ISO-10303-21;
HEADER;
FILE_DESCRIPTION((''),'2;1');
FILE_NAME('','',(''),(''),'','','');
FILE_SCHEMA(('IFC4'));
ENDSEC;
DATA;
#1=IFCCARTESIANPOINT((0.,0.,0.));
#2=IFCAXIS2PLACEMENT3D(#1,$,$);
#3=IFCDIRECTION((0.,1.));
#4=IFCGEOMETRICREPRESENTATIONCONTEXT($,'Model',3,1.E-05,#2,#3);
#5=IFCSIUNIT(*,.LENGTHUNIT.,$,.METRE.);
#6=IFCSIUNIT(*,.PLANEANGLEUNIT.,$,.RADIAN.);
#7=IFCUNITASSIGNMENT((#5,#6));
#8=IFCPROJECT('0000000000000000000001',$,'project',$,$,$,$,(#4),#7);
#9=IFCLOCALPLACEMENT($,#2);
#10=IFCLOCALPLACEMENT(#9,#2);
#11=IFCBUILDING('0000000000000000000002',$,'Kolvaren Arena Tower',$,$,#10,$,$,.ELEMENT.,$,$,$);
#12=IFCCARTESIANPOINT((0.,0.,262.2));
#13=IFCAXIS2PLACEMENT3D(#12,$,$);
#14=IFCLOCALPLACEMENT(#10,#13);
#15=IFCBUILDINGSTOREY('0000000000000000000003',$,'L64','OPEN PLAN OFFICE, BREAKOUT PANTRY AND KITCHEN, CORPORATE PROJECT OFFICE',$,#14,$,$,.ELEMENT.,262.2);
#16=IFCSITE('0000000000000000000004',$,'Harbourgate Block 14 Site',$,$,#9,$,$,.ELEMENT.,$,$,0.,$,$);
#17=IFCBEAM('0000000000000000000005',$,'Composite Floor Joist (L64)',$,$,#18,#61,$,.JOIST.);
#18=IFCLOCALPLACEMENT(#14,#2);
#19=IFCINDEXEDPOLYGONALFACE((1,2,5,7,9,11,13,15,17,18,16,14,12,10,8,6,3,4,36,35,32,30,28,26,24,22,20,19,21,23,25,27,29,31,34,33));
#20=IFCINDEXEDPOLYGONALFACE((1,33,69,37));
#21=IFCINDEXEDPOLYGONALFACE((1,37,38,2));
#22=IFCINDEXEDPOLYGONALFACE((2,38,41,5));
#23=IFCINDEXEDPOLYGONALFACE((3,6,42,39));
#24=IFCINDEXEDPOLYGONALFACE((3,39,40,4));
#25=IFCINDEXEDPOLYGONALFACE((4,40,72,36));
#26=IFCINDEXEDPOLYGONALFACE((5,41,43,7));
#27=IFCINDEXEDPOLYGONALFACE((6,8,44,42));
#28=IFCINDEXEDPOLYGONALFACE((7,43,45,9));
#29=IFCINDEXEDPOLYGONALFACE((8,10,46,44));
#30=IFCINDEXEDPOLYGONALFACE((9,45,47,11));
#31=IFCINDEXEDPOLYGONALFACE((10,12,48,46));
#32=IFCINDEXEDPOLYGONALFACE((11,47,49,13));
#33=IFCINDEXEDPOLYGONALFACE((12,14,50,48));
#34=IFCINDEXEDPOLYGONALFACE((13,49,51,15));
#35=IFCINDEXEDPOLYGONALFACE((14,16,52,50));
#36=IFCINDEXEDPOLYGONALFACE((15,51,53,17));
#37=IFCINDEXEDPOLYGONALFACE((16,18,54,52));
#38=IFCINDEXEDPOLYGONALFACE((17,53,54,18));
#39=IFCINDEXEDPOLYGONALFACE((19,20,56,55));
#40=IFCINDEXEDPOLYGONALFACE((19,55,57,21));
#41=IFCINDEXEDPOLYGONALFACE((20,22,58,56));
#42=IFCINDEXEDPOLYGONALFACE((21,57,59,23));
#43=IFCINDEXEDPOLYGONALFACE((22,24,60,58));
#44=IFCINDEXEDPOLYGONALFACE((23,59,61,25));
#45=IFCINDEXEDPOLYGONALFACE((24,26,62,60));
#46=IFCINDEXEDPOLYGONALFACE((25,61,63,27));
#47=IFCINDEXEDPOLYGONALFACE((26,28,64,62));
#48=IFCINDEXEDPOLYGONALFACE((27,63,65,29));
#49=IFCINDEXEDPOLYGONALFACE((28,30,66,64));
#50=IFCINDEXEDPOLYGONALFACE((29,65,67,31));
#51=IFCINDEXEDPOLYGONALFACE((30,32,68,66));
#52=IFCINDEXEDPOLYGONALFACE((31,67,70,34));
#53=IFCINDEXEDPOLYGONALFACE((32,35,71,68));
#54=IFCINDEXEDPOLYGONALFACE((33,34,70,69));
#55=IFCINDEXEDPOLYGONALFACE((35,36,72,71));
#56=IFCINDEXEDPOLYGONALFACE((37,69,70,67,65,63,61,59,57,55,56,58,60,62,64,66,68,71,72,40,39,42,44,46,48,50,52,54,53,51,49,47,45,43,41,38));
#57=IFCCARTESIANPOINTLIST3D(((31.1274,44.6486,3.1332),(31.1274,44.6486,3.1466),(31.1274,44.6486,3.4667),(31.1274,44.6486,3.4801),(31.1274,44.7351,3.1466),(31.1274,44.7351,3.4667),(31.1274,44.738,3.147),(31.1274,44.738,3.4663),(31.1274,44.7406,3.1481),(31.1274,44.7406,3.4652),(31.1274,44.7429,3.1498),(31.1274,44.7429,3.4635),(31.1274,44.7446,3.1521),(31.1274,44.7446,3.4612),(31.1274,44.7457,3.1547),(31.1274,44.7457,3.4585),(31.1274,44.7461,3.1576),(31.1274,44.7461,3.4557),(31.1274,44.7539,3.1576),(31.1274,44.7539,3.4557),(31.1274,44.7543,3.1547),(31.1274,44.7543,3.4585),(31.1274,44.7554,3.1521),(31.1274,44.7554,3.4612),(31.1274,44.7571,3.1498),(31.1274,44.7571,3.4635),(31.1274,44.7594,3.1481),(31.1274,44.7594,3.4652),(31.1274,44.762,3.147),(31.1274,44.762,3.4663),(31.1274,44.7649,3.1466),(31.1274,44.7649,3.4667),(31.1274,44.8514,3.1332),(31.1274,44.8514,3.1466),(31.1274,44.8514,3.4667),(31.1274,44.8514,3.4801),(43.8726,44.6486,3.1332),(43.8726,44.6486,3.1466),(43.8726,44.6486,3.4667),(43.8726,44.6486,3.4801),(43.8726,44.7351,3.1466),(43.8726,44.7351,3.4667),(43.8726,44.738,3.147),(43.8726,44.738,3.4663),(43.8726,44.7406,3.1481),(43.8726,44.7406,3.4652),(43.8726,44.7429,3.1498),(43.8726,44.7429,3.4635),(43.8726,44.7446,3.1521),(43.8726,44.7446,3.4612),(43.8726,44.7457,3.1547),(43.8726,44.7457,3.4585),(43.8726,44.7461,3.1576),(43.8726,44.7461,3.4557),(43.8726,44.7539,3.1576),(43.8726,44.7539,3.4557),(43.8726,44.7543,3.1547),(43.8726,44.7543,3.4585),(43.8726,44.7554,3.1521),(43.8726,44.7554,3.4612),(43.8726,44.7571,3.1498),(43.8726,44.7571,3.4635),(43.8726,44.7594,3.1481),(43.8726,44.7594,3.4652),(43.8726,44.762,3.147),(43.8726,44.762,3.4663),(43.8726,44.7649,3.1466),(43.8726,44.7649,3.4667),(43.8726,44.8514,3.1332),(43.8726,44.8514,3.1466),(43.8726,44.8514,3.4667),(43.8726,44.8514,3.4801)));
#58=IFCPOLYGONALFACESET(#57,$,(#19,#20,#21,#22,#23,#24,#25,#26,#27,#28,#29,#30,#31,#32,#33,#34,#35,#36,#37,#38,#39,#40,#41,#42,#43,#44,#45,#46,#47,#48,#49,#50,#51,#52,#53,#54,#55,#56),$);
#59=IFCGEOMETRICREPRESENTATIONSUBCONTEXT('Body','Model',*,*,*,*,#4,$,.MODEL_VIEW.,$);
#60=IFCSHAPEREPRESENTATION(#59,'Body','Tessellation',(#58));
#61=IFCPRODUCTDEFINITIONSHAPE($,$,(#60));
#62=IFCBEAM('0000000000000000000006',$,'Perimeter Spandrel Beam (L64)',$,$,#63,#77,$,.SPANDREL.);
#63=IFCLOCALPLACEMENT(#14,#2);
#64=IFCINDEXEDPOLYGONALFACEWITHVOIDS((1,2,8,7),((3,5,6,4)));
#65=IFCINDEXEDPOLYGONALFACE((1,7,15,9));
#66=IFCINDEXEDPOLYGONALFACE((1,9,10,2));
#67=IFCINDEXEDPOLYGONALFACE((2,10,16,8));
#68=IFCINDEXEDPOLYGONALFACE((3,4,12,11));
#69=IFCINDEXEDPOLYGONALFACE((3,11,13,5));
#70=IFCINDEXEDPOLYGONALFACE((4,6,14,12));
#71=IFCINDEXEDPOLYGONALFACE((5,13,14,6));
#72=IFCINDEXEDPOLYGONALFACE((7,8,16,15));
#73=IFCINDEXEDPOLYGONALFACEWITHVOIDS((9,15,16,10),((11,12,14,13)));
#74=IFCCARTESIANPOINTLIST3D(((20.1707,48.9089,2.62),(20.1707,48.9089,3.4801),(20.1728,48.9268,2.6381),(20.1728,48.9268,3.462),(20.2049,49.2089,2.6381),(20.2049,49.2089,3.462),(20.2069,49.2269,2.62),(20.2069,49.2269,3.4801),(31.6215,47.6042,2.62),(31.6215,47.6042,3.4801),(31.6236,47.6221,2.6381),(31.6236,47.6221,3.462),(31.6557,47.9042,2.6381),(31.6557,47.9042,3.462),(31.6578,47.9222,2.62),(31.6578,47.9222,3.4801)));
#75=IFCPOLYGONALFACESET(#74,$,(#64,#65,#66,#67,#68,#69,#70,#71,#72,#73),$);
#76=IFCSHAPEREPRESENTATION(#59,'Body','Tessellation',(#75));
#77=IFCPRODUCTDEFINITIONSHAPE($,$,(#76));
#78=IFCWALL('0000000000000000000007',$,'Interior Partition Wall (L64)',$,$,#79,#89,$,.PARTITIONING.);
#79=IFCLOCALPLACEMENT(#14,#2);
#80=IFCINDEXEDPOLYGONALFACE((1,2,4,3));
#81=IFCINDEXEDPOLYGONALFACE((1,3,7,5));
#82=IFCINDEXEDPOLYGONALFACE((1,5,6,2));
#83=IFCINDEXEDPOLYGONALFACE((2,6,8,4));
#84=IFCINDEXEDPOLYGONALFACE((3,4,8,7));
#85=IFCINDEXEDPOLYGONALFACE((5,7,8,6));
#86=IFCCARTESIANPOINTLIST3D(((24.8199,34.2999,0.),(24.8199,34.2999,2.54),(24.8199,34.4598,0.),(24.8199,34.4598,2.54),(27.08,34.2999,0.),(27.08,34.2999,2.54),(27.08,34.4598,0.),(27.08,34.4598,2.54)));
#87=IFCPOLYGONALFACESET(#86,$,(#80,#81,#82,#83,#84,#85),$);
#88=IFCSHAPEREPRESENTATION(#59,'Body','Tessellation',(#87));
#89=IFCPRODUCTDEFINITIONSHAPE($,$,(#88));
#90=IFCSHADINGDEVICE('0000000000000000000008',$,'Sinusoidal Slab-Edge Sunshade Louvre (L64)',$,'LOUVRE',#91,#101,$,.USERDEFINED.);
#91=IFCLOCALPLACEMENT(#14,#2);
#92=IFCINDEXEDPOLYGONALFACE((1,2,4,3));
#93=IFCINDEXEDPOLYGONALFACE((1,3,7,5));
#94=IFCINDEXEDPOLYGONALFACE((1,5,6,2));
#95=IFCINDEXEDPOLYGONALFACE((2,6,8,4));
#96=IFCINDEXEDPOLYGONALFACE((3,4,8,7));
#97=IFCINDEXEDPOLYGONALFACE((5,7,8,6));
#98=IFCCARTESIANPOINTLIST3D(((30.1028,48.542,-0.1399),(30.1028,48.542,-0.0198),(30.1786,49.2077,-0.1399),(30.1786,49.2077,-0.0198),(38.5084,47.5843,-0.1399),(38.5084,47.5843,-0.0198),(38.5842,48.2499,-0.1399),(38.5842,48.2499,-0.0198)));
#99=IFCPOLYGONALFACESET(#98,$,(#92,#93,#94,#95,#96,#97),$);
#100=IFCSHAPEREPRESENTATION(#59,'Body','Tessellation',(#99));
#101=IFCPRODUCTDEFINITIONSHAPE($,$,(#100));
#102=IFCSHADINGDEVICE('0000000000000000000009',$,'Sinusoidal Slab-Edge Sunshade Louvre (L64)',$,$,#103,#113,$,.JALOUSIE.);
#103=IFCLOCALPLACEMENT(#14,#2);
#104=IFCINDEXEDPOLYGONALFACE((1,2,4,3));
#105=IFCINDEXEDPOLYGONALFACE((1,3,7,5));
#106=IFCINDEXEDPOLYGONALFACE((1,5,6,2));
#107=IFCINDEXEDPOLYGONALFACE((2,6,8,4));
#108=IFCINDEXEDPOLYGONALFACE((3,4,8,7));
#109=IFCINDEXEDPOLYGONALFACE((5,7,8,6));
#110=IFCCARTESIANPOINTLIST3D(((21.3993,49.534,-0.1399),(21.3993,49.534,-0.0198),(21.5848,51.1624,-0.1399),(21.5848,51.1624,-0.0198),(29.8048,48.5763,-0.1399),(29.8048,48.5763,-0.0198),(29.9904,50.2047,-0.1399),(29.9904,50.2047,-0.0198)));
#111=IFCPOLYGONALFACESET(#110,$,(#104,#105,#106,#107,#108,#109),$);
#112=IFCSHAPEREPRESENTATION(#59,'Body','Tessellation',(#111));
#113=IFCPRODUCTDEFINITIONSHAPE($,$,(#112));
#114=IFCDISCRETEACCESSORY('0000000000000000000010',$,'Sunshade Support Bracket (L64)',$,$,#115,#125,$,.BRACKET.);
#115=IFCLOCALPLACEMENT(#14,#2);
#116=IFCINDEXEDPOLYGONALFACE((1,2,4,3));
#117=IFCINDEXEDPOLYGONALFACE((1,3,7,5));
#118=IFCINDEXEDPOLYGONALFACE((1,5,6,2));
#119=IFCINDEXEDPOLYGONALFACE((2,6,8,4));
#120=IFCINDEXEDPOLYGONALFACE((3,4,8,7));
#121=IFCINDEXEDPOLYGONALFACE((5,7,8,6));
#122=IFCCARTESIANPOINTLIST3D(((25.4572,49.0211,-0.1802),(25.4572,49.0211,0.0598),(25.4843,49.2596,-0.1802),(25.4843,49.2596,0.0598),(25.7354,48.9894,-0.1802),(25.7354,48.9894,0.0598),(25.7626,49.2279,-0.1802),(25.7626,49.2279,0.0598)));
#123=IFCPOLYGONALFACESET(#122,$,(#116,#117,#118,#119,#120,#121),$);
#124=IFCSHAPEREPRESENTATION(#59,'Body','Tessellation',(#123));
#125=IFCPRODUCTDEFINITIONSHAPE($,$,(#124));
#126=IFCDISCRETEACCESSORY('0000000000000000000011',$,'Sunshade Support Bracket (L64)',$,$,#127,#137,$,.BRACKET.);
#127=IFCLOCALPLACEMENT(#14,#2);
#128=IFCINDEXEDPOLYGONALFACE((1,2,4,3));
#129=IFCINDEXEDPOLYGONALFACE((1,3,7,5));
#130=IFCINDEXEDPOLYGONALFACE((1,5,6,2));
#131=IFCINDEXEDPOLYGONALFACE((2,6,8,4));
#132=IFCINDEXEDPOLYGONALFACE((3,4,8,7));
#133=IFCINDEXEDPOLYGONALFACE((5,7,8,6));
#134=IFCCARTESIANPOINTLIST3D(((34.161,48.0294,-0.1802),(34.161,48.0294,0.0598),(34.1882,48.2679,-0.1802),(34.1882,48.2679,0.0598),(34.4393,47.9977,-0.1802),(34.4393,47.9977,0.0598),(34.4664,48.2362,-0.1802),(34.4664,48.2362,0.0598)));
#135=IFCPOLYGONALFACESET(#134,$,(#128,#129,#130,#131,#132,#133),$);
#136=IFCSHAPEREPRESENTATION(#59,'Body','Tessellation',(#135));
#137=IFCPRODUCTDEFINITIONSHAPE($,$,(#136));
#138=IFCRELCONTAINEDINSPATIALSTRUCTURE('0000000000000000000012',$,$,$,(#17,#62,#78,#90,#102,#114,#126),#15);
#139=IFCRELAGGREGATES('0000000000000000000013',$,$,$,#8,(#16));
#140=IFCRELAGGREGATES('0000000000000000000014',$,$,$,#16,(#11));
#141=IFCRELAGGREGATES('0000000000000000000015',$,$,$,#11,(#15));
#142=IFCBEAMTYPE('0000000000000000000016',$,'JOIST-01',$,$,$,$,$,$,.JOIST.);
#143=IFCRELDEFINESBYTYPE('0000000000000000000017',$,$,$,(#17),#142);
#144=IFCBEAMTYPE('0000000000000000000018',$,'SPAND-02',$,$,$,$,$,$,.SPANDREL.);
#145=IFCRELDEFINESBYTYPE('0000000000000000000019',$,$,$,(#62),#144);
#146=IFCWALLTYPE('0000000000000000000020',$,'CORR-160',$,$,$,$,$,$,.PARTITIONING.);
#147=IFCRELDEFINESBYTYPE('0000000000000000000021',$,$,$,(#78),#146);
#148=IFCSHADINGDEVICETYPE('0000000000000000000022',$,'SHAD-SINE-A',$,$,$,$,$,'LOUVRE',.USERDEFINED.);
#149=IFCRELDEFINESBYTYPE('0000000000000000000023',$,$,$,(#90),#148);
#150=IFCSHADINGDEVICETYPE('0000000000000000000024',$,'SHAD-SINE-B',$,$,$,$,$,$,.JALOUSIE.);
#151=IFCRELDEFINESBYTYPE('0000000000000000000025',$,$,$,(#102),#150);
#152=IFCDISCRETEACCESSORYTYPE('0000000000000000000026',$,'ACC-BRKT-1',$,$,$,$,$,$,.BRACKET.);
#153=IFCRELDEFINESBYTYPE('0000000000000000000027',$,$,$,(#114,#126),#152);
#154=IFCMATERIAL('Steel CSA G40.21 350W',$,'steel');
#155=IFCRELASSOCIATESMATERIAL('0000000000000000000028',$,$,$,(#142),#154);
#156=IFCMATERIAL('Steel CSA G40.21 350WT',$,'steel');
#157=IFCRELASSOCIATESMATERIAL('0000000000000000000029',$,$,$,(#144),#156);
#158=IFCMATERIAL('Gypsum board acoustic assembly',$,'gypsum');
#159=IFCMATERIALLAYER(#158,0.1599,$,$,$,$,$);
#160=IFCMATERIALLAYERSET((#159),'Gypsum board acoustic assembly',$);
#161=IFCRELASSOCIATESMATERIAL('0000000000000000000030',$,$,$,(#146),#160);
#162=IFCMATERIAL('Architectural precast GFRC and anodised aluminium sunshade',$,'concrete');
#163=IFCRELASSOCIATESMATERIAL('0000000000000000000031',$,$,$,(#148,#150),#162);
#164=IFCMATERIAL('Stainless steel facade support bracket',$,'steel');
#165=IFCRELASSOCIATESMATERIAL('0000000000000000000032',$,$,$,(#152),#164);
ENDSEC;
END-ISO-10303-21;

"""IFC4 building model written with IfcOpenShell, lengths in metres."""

from ifc_helpers import new_model, si_unit, direction, frame, frame_2d, origin, origin_2d, place, context, subcontext, project, spatial, rectangle, hollow_rectangle, i_section, extrude, material, layer, layer_set, material_profile, profile_set, type_object, element, save


model = new_model("IFC4")

# Units and contexts
model_context = context("Model", 3, precision=1e-05, world=origin(), true_north=direction((0.0, 1.0)))
body_context = subcontext(model_context, "Body", "Model", "MODEL_VIEW")
ifc_project = project(units=[si_unit("LENGTHUNIT", "METRE"), si_unit("PLANEANGLEUNIT", "RADIAN")], contexts=[model_context])

# Site, building, storey
site_placement = place(None, origin())
site = spatial("IfcSite", under=ifc_project, at=site_placement, Name="Harbourgate Block 14 Site", CompositionType="ELEMENT", RefElevation=0.0)
building_placement = place(site_placement, origin())
building = spatial("IfcBuilding", under=site, at=building_placement, Name="Kolvaren Arena Tower", CompositionType="ELEMENT")
storey_placement = place(building_placement, frame((0.0, 0.0, 262.2)))
storey = spatial("IfcBuildingStorey", under=building, at=storey_placement, Name="L64", Description="OPEN PLAN OFFICE, BREAKOUT PANTRY AND KITCHEN, CORPORATE PROJECT OFFICE", CompositionType="ELEMENT", Elevation=262.2)

# Beams
ifc_material_1 = material(Name="Steel CSA G40.21 350W", Category="steel")
ifc_material_profile_1 = material_profile(ifc_material_1, i_section(OverallWidth=0.2029, OverallDepth=0.3469, WebThickness=0.0078, FlangeThickness=0.0134, FilletRadius=0.011, at=origin_2d()), Name="W360x64")
ifc_profile_set_1 = profile_set([ifc_material_profile_1], Name="Steel CSA G40.21 350W")
beam_type_1 = type_object("IfcBeamType", Name="JOIST-01", PredefinedType="JOIST", material=ifc_profile_set_1)
beam_1_placement = place(storey_placement, frame((31.1274, 44.75, 3.3066), z_axis=(1.0, 0.0, 0.0), x_axis=(0.0, 1.0, 0.0)))
element("IfcBeam", 1, at=beam_1_placement, inside=storey, type_object=beam_type_1, Name="Composite Floor Joist (L64)", PredefinedType="JOIST", context=body_context, shape_type="SweptSolid", body=[
    extrude(i_section(OverallWidth=0.2029, OverallDepth=0.3469, WebThickness=0.0078, FlangeThickness=0.0134, FilletRadius=0.011, at=origin_2d()), origin(), (0.0, 0.0, 1.0), 12.7451),
])
ifc_material_2 = material(Name="Steel CSA G40.21 350WT", Category="steel")
ifc_material_profile_2 = material_profile(ifc_material_2, hollow_rectangle(XDim=0.3201, YDim=0.8601, WallThickness=0.0181, at=origin_2d()), Name="HSS 860x320x18")
ifc_profile_set_2 = profile_set([ifc_material_profile_2], Name="Steel CSA G40.21 350WT")
beam_type_2 = type_object("IfcBeamType", Name="SPAND-02", PredefinedType="SPANDREL", material=ifc_profile_set_2)
beam_2_placement = place(storey_placement, frame((31.6396, 47.7632, 3.05), z_axis=(-0.993572, 0.113205, 0.0), x_axis=(-0.113205, -0.993572, 0.0)))
element("IfcBeam", 2, at=beam_2_placement, inside=storey, type_object=beam_type_2, Name="Perimeter Spandrel Beam (L64)", PredefinedType="SPANDREL", context=body_context, shape_type="SweptSolid", body=[
    extrude(hollow_rectangle(XDim=0.3201, YDim=0.8601, WallThickness=0.0181, at=origin_2d()), origin(), (0.0, 0.0, 1.0), 11.5249),
])

# Wall
ifc_material_3 = material(Name="Gypsum board acoustic assembly", Category="gypsum")
ifc_layer = layer(ifc_material_3, 0.1599)
ifc_layer_set = layer_set([ifc_layer], Name="Gypsum board acoustic assembly")
wall_type = type_object("IfcWallType", Name="CORR-160", PredefinedType="PARTITIONING", material=ifc_layer_set)
wall_placement = place(storey_placement, frame((24.8201, 34.3799, 0.0), z_axis=(0.0, 0.0, 1.0), x_axis=(1.0, 0.0, 0.0)))
element("IfcWall", 3, at=wall_placement, inside=storey, type_object=wall_type, Name="Interior Partition Wall (L64)", PredefinedType="PARTITIONING", context=body_context, shape_type="SweptSolid", body=[
    extrude(rectangle(XDim=2.26, YDim=0.1599, at=frame_2d((1.1299, 0.0))), origin(), (0.0, 0.0, 1.0), 2.54),
])

# Shading devices
ifc_material_4 = material(Name="Architectural precast GFRC and anodised aluminium sunshade", Category="concrete")
shading_device_type_1 = type_object("IfcShadingDeviceType", Name="SHAD-SINE-A", ElementType="LOUVRE", PredefinedType="USERDEFINED", material=ifc_material_4)
shading_device_1_placement = place(storey_placement, frame((34.3435, 48.396, -0.1399), z_axis=(0.0, 0.0, 1.0), x_axis=(0.993572, -0.113205, 0.0)))
element("IfcShadingDevice", 4, at=shading_device_1_placement, inside=storey, type_object=shading_device_type_1, Name="Sinusoidal Slab-Edge Sunshade Louvre (L64)", ObjectType="LOUVRE", PredefinedType="USERDEFINED", context=body_context, shape_type="SweptSolid", body=[
    extrude(rectangle(XDim=8.46, YDim=0.6699, at=origin_2d()), origin(), (0.0, 0.0, 1.0), 0.1201),
])
shading_device_type_2 = type_object("IfcShadingDeviceType", Name="SHAD-SINE-B", PredefinedType="JALOUSIE", material=ifc_material_4)
shading_device_2_placement = place(storey_placement, frame((25.6948, 49.8694, -0.1399), z_axis=(0.0, 0.0, 1.0), x_axis=(0.993572, -0.113205, 0.0)))
element("IfcShadingDevice", 5, at=shading_device_2_placement, inside=storey, type_object=shading_device_type_2, Name="Sinusoidal Slab-Edge Sunshade Louvre (L64)", PredefinedType="JALOUSIE", context=body_context, shape_type="SweptSolid", body=[
    extrude(rectangle(XDim=8.46, YDim=1.6389, at=origin_2d()), origin(), (0.0, 0.0, 1.0), 0.1201),
])

# Discrete accessories
ifc_material_5 = material(Name="Stainless steel facade support bracket", Category="steel")
discrete_accessory_type = type_object("IfcDiscreteAccessoryType", Name="ACC-BRKT-1", PredefinedType="BRACKET", material=ifc_material_5)
for number, where, z_axis, x_axis, name in (
    (6, (25.6099, 49.1245, -0.1802), (0.0, 0.0, 1.0), (0.993572, -0.113205, 0.0), "Sunshade Support Bracket (L64)"),
    (7, (34.3137, 48.1328, -0.1802), (0.0, 0.0, 1.0), (0.993572, -0.113205, 0.0), "Sunshade Support Bracket (L64)"),
):
    element("IfcDiscreteAccessory", number, at=place(storey_placement, frame(where, z_axis=z_axis, x_axis=x_axis)), inside=storey, type_object=discrete_accessory_type, Name=name, PredefinedType="BRACKET", context=body_context, shape_type="SweptSolid", body=[
        extrude(rectangle(XDim=0.28, YDim=0.24, at=origin_2d()), origin(), (0.0, 0.0, 1.0), 0.24),
    ])

save(model, "model.ifc")
